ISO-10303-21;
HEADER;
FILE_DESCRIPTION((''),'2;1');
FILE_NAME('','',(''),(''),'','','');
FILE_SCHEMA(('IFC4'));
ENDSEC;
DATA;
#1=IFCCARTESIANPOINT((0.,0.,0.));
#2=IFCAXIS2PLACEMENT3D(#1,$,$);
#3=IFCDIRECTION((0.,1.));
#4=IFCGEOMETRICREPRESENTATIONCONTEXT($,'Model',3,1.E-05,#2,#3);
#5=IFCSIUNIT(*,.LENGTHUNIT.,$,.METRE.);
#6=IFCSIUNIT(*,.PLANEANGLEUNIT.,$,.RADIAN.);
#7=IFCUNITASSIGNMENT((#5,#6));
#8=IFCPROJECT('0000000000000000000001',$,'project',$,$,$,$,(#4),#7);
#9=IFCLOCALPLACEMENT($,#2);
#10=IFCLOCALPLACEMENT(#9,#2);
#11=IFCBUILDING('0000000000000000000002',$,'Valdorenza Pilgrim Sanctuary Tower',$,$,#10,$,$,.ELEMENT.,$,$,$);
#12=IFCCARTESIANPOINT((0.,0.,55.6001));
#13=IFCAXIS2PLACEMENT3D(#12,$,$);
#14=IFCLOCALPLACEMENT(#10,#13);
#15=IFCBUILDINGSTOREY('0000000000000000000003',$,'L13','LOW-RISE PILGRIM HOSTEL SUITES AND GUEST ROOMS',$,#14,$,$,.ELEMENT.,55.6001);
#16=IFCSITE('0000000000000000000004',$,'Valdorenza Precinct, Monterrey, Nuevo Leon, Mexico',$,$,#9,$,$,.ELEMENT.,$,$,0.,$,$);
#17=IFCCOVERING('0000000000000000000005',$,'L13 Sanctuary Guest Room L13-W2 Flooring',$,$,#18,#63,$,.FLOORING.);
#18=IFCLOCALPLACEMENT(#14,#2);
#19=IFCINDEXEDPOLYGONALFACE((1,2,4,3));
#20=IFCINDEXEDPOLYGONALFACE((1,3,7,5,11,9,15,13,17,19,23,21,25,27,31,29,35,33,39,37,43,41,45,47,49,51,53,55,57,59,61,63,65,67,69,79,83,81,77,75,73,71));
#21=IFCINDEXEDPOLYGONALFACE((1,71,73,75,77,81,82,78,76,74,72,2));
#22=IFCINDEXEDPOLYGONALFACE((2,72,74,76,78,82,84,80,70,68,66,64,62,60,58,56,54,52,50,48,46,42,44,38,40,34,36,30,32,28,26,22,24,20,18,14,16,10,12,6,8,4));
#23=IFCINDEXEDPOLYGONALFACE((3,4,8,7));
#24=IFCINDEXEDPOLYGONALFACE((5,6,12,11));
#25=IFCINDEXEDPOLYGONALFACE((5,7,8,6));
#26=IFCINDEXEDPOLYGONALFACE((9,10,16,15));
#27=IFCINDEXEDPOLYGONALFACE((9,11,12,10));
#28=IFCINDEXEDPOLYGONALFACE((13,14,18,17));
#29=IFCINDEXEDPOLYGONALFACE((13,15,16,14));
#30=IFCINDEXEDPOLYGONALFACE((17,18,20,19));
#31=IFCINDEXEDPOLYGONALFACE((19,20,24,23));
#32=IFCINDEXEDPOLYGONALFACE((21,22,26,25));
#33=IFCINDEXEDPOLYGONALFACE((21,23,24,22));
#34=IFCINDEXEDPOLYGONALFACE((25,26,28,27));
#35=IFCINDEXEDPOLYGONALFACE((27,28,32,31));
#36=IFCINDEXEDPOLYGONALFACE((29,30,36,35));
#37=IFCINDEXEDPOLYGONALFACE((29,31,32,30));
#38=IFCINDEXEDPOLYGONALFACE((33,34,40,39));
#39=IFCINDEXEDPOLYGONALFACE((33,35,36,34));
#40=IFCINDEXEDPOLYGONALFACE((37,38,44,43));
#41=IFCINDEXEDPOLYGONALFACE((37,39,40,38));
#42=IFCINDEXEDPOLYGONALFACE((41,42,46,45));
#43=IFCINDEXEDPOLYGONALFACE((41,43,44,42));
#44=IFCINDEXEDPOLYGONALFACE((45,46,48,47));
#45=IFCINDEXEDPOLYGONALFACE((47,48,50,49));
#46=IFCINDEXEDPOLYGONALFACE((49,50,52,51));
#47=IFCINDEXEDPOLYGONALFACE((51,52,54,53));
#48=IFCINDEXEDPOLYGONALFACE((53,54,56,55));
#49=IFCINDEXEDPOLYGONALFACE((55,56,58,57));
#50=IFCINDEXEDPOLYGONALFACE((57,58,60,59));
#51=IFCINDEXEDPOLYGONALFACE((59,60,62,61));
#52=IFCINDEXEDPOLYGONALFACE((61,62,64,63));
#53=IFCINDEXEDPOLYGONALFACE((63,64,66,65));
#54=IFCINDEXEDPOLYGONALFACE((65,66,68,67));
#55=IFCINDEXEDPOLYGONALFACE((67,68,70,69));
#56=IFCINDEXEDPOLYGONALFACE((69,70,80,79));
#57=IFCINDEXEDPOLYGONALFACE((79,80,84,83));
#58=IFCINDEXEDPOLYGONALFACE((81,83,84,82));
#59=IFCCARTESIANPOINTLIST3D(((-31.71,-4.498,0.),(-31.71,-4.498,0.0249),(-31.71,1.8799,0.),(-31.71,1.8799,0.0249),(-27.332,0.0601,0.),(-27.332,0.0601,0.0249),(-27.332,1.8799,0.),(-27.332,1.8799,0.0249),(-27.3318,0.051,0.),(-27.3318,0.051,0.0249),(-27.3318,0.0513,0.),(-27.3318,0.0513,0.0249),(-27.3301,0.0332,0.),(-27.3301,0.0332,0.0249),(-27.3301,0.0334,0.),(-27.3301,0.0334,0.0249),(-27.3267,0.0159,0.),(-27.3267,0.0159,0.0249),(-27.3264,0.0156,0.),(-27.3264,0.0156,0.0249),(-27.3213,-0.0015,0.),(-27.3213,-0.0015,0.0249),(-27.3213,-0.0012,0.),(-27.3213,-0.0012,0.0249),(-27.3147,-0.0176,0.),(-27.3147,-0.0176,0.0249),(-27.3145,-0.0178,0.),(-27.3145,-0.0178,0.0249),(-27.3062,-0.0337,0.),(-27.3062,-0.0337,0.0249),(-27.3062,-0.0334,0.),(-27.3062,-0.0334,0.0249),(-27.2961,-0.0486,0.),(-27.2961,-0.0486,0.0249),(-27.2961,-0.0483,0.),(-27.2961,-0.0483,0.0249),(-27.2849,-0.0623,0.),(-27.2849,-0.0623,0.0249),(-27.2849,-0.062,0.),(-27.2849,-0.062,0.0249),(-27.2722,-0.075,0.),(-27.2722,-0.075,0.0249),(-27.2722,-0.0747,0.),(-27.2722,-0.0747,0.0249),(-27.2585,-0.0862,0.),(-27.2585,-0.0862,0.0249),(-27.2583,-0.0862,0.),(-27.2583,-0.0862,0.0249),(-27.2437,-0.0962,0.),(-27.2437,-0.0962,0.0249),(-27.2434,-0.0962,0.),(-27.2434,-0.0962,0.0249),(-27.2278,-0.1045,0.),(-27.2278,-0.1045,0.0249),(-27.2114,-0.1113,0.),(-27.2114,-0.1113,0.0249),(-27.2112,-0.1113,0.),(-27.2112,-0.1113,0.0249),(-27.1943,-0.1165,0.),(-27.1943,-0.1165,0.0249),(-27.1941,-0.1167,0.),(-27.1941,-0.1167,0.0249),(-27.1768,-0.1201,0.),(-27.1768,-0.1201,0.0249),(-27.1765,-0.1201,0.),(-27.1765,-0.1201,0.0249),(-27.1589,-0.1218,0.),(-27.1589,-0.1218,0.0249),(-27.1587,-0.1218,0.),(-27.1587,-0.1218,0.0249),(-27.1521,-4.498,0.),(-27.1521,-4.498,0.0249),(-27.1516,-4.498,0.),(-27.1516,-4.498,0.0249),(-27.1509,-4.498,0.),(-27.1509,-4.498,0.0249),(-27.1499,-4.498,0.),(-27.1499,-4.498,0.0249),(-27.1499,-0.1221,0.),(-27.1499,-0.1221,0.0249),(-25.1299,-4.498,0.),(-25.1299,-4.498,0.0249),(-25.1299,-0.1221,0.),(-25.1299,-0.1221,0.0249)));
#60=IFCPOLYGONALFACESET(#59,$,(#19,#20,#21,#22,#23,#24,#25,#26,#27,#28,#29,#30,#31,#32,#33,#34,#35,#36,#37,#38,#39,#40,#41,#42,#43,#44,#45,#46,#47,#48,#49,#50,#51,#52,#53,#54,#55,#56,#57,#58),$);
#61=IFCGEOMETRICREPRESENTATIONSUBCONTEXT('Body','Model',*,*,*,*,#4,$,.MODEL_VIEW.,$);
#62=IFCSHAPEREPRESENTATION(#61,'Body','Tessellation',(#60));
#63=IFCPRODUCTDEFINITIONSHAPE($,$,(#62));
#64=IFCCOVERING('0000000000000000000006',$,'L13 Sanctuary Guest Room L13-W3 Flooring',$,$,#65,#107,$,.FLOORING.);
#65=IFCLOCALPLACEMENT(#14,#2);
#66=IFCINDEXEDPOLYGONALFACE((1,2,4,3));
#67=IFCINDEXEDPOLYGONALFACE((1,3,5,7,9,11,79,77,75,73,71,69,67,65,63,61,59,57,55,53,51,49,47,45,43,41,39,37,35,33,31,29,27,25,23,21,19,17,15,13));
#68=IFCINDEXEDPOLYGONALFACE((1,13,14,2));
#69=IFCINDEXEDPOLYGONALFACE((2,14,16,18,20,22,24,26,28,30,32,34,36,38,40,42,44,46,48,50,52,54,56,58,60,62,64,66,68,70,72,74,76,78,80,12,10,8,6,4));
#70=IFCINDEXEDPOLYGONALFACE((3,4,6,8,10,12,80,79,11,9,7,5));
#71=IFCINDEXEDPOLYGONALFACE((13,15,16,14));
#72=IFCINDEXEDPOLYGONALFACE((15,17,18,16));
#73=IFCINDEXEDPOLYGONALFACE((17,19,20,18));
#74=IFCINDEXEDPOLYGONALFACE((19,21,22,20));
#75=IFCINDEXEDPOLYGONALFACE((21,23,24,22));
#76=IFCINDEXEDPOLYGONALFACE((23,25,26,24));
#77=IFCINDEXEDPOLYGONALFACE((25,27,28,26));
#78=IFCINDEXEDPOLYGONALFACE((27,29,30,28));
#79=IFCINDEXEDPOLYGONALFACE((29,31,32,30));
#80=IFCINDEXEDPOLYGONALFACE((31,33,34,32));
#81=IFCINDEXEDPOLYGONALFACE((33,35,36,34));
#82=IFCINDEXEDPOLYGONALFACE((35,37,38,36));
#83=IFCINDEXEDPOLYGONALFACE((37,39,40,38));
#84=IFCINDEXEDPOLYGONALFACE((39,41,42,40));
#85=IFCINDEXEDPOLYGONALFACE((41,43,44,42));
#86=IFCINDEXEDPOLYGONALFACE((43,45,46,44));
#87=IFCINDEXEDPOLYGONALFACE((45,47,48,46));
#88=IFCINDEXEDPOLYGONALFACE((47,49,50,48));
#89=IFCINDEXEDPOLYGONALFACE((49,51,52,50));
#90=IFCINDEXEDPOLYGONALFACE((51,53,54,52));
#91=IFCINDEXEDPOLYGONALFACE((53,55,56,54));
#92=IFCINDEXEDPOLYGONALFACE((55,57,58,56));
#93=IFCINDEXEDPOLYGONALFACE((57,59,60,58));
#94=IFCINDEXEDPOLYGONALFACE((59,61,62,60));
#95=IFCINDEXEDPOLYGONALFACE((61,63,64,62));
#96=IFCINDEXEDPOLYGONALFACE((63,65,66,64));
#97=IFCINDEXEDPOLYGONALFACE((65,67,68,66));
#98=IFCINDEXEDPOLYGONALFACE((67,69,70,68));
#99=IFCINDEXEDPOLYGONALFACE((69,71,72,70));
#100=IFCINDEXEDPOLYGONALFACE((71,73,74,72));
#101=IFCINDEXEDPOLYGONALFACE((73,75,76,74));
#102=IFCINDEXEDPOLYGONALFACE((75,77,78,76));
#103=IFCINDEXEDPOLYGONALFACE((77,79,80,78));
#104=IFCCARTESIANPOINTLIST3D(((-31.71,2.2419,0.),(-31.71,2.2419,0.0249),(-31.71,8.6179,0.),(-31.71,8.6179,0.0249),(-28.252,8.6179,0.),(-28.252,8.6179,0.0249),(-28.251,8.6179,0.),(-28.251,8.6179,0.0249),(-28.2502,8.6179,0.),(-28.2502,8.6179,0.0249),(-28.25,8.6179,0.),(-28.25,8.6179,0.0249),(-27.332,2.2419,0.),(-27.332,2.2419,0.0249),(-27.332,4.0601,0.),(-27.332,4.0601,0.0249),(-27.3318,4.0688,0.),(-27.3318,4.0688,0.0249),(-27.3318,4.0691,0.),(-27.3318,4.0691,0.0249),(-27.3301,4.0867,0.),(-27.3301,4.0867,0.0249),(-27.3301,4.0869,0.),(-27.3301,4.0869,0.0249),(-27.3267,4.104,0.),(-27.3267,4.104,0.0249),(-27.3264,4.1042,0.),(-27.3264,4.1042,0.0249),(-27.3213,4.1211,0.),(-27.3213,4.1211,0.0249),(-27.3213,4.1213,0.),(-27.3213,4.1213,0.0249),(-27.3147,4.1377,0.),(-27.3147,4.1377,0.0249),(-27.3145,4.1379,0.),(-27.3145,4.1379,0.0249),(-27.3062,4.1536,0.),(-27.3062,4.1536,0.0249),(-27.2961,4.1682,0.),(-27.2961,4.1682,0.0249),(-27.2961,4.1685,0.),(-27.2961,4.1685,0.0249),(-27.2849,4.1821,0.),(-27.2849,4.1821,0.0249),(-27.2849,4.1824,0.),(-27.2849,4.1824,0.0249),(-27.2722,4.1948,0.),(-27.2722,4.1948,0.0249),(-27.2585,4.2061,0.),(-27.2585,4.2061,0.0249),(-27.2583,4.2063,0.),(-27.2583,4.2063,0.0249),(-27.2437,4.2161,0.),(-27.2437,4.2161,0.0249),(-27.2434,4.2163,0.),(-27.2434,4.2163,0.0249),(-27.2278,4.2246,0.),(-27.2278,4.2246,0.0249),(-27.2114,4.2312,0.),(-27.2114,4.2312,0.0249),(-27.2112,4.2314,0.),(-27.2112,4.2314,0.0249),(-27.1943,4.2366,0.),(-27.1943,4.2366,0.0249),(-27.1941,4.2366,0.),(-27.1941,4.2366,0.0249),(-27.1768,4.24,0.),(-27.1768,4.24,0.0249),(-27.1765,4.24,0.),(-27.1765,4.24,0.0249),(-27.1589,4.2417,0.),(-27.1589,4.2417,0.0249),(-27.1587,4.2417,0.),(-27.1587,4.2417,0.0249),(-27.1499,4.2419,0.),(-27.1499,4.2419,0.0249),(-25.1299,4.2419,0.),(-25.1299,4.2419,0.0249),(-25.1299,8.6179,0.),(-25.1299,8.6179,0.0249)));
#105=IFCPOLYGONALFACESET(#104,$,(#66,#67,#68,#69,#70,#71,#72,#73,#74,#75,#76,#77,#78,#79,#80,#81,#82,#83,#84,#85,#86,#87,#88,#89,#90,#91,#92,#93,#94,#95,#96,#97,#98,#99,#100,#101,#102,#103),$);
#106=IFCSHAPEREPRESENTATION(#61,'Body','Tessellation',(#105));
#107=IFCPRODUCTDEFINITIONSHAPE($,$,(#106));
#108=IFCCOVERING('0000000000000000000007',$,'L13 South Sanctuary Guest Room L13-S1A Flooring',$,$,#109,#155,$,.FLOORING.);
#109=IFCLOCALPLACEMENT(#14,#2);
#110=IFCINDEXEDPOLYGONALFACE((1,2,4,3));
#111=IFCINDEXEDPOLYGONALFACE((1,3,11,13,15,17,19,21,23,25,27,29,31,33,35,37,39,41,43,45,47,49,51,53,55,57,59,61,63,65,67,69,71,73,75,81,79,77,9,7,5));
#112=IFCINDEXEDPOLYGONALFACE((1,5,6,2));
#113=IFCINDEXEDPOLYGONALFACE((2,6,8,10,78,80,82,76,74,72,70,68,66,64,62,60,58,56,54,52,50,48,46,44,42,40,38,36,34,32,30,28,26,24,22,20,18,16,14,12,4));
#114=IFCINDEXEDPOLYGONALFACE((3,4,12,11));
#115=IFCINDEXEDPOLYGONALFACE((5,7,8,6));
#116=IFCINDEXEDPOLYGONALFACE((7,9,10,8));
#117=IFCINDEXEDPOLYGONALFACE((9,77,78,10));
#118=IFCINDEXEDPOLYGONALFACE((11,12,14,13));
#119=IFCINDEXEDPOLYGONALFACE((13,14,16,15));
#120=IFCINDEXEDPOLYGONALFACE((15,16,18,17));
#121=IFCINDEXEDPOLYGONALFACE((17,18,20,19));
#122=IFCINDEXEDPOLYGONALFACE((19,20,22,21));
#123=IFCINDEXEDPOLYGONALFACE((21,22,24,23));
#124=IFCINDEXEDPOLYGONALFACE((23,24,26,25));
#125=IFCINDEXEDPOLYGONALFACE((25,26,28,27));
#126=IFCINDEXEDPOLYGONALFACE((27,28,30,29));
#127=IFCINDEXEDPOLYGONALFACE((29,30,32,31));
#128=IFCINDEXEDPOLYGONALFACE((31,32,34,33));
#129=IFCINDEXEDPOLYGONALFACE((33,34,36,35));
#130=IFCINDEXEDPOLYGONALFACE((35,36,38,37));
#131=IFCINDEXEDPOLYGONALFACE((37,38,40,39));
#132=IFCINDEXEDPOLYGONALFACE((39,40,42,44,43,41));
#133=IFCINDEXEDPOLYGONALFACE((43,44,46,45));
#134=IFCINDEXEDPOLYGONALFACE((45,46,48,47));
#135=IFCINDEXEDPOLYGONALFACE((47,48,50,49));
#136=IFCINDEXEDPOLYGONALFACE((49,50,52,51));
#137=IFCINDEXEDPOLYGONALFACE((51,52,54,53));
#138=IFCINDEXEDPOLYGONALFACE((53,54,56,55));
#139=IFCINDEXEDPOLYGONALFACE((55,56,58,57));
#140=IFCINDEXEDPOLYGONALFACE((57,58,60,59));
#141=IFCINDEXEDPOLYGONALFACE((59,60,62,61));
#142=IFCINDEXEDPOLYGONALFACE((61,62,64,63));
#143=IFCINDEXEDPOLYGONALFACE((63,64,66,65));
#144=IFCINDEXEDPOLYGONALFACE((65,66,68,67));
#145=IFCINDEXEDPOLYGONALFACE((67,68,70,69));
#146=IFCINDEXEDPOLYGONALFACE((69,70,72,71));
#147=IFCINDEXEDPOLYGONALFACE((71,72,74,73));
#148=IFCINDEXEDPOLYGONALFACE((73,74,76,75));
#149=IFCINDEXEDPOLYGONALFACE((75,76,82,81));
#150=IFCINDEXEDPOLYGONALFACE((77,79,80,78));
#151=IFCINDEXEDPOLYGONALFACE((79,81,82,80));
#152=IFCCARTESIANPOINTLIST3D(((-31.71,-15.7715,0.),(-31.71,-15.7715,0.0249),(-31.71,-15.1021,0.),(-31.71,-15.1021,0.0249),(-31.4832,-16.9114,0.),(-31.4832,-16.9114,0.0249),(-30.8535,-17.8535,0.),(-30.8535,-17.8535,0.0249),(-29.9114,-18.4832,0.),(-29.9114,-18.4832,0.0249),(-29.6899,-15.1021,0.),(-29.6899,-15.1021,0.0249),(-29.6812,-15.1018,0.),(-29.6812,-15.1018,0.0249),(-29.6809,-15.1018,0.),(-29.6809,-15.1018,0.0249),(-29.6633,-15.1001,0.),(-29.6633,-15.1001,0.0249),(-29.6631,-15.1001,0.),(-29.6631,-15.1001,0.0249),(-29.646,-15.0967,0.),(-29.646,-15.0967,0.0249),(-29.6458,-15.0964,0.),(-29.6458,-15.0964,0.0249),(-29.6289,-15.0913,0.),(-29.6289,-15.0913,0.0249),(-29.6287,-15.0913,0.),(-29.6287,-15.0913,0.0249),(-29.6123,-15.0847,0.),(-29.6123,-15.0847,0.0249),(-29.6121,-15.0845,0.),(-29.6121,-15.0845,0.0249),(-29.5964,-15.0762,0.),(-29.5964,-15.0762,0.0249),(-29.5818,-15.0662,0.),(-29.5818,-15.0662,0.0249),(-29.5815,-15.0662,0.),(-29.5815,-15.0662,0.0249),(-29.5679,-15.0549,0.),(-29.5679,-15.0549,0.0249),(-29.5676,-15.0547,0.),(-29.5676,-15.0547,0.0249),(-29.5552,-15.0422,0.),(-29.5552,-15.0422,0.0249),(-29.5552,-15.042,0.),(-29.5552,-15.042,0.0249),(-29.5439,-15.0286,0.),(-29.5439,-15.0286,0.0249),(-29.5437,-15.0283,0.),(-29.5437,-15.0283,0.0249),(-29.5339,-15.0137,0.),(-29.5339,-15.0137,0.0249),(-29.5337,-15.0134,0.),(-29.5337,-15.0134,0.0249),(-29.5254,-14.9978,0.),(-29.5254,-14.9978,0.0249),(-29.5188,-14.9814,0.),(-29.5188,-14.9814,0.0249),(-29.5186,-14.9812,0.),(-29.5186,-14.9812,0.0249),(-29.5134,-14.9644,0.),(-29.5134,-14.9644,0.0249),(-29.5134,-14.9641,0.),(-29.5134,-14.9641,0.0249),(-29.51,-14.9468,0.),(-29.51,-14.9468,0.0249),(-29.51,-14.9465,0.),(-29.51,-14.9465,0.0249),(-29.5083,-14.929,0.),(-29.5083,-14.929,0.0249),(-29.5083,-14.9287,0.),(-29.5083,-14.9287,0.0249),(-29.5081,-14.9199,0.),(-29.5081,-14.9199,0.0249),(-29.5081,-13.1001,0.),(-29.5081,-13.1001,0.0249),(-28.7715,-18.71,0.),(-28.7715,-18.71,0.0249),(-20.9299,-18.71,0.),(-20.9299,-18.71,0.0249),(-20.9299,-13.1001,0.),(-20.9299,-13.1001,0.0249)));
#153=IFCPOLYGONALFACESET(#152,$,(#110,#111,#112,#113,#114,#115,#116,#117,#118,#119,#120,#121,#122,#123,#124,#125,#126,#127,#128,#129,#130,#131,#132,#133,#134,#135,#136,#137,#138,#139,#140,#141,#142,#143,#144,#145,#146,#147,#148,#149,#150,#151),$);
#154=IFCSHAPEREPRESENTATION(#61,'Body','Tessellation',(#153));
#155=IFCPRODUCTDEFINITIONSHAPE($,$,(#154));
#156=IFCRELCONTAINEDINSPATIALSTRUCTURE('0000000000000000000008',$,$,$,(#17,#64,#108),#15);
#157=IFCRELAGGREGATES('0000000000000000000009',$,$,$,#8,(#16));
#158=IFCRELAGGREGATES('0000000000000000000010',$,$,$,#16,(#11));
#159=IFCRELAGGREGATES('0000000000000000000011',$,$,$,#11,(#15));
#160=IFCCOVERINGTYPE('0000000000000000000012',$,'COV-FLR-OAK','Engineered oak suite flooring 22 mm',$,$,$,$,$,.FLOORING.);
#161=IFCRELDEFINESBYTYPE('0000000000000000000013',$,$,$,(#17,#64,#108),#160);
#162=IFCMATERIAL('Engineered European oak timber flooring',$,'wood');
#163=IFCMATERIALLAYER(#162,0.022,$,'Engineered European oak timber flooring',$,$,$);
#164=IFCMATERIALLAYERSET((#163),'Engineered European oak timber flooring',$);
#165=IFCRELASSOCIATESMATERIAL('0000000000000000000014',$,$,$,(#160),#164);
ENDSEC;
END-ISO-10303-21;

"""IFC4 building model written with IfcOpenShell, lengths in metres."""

from ifc_helpers import new_model, si_unit, direction, frame, origin, place, context, subcontext, project, spatial, polyline, outline, extrude, material, layer, layer_set, type_object, element, save


model = new_model("IFC4")

# Units and contexts
model_context = context("Model", 3, precision=1e-05, world=origin(), true_north=direction((0.0, 1.0)))
body_context = subcontext(model_context, "Body", "Model", "MODEL_VIEW")
ifc_project = project(units=[si_unit("LENGTHUNIT", "METRE"), si_unit("PLANEANGLEUNIT", "RADIAN")], contexts=[model_context])

# Site, building, storey
site_placement = place(None, origin())
site = spatial("IfcSite", under=ifc_project, at=site_placement, Name="Valdorenza Precinct, Monterrey, Nuevo Leon, Mexico", CompositionType="ELEMENT", RefElevation=0.0)
building_placement = place(site_placement, origin())
building = spatial("IfcBuilding", under=site, at=building_placement, Name="Valdorenza Pilgrim Sanctuary Tower", CompositionType="ELEMENT")
storey_placement = place(building_placement, frame((0.0, 0.0, 55.6001)))
storey = spatial("IfcBuildingStorey", under=building, at=storey_placement, Name="L13", Description="LOW-RISE PILGRIM HOSTEL SUITES AND GUEST ROOMS", CompositionType="ELEMENT", Elevation=55.6001)

# Coverings
ifc_material_1 = material(Name="Engineered European oak timber flooring", Category="wood")
ifc_layer_1 = layer(ifc_material_1, 0.022, Name="Engineered European oak timber flooring")
ifc_layer_set_1 = layer_set([ifc_layer_1], Name="Engineered European oak timber flooring")
covering_type_1 = type_object("IfcCoveringType", Name="COV-FLR-OAK", Description="Engineered oak suite flooring 22 mm", PredefinedType="FLOORING", material=ifc_layer_set_1)
covering_1_placement = place(storey_placement, origin())
element("IfcCovering", 1, at=covering_1_placement, inside=storey, type_object=covering_type_1, Name="L13 Sanctuary Guest Room L13-W2 Flooring", PredefinedType="FLOORING", context=body_context, shape_type="SweptSolid", body=[
    extrude(outline(polyline([(-31.71, 1.8799), (-27.332, 1.8799), (-27.332, 0.0601), (-27.3318, 0.0513), (-27.3318, 0.051), (-27.3301, 0.0334), (-27.3301, 0.0332), (-27.3267, 0.0159), (-27.3264, 0.0156), (-27.3213, -0.0012), (-27.3213, -0.0015), (-27.3147, -0.0176), (-27.3145, -0.0178), (-27.3062, -0.0334), (-27.3062, -0.0337), (-27.2961, -0.0483), (-27.2961, -0.0486), (-27.2849, -0.062), (-27.2849, -0.0623), (-27.2722, -0.0747), (-27.2722, -0.075), (-27.2585, -0.0862), (-27.2583, -0.0862), (-27.2437, -0.0962), (-27.2434, -0.0962), (-27.2278, -0.1045), (-27.2278, -0.1045), (-27.2114, -0.1113), (-27.2112, -0.1113), (-27.1943, -0.1165), (-27.1941, -0.1167), (-27.1768, -0.1201), (-27.1765, -0.1201), (-27.1589, -0.1218), (-27.1587, -0.1218), (-27.1499, -0.1221), (-25.1299, -0.1221), (-25.1299, -4.498), (-27.1499, -4.498), (-27.1509, -4.498), (-27.1516, -4.498), (-27.1521, -4.498), (-31.71, -4.498), (-31.71, 1.8799)])), origin(), (0.0, 0.0, 1.0), 0.0249),
])
covering_2_placement = place(storey_placement, origin())
element("IfcCovering", 2, at=covering_2_placement, inside=storey, type_object=covering_type_1, Name="L13 Sanctuary Guest Room L13-W3 Flooring", PredefinedType="FLOORING", context=body_context, shape_type="SweptSolid", body=[
    extrude(outline(polyline([(-28.2502, 8.6179), (-28.25, 8.6179), (-25.1299, 8.6179), (-25.1299, 4.2419), (-27.1499, 4.2419), (-27.1587, 4.2417), (-27.1589, 4.2417), (-27.1765, 4.24), (-27.1768, 4.24), (-27.1941, 4.2366), (-27.1943, 4.2366), (-27.2112, 4.2314), (-27.2114, 4.2312), (-27.2278, 4.2246), (-27.2278, 4.2246), (-27.2434, 4.2163), (-27.2437, 4.2161), (-27.2583, 4.2063), (-27.2585, 4.2061), (-27.2722, 4.1948), (-27.2722, 4.1948), (-27.2849, 4.1824), (-27.2849, 4.1821), (-27.2961, 4.1685), (-27.2961, 4.1682), (-27.3062, 4.1536), (-27.3062, 4.1536), (-27.3145, 4.1379), (-27.3147, 4.1377), (-27.3213, 4.1213), (-27.3213, 4.1211), (-27.3264, 4.1042), (-27.3267, 4.104), (-27.3301, 4.0869), (-27.3301, 4.0867), (-27.3318, 4.0691), (-27.3318, 4.0688), (-27.332, 4.0601), (-27.332, 2.2419), (-31.71, 2.2419), (-31.71, 8.6179), (-28.252, 8.6179), (-28.251, 8.6179), (-28.2502, 8.6179)])), origin(), (0.0, 0.0, 1.0), 0.0249),
])
covering_3_placement = place(storey_placement, origin())
element("IfcCovering", 3, at=covering_3_placement, inside=storey, type_object=covering_type_1, Name="L13 South Sanctuary Guest Room L13-S1A Flooring", PredefinedType="FLOORING", context=body_context, shape_type="SweptSolid", body=[
    extrude(outline(polyline([(-28.7715, -18.71), (-29.9114, -18.4832), (-30.8535, -17.8535), (-31.4832, -16.9114), (-31.71, -15.7715), (-31.71, -15.1021), (-29.6899, -15.1021), (-29.6812, -15.1018), (-29.6809, -15.1018), (-29.6633, -15.1001), (-29.6631, -15.1001), (-29.646, -15.0967), (-29.6458, -15.0964), (-29.6289, -15.0913), (-29.6287, -15.0913), (-29.6123, -15.0847), (-29.6121, -15.0845), (-29.5964, -15.0762), (-29.5964, -15.0762), (-29.5818, -15.0662), (-29.5815, -15.0662), (-29.5679, -15.0549), (-29.5676, -15.0547), (-29.5552, -15.0422), (-29.5552, -15.042), (-29.5439, -15.0286), (-29.5437, -15.0283), (-29.5339, -15.0137), (-29.5337, -15.0134), (-29.5254, -14.9978), (-29.5254, -14.9978), (-29.5188, -14.9814), (-29.5186, -14.9812), (-29.5134, -14.9644), (-29.5134, -14.9641), (-29.51, -14.9468), (-29.51, -14.9465), (-29.5083, -14.929), (-29.5083, -14.9287), (-29.5081, -14.9199), (-29.5081, -13.1001), (-20.9299, -13.1001), (-20.9299, -18.71), (-28.7715, -18.71)])), origin(), (0.0, 0.0, 1.0), 0.0249),
])

save(model, "model.ifc")
